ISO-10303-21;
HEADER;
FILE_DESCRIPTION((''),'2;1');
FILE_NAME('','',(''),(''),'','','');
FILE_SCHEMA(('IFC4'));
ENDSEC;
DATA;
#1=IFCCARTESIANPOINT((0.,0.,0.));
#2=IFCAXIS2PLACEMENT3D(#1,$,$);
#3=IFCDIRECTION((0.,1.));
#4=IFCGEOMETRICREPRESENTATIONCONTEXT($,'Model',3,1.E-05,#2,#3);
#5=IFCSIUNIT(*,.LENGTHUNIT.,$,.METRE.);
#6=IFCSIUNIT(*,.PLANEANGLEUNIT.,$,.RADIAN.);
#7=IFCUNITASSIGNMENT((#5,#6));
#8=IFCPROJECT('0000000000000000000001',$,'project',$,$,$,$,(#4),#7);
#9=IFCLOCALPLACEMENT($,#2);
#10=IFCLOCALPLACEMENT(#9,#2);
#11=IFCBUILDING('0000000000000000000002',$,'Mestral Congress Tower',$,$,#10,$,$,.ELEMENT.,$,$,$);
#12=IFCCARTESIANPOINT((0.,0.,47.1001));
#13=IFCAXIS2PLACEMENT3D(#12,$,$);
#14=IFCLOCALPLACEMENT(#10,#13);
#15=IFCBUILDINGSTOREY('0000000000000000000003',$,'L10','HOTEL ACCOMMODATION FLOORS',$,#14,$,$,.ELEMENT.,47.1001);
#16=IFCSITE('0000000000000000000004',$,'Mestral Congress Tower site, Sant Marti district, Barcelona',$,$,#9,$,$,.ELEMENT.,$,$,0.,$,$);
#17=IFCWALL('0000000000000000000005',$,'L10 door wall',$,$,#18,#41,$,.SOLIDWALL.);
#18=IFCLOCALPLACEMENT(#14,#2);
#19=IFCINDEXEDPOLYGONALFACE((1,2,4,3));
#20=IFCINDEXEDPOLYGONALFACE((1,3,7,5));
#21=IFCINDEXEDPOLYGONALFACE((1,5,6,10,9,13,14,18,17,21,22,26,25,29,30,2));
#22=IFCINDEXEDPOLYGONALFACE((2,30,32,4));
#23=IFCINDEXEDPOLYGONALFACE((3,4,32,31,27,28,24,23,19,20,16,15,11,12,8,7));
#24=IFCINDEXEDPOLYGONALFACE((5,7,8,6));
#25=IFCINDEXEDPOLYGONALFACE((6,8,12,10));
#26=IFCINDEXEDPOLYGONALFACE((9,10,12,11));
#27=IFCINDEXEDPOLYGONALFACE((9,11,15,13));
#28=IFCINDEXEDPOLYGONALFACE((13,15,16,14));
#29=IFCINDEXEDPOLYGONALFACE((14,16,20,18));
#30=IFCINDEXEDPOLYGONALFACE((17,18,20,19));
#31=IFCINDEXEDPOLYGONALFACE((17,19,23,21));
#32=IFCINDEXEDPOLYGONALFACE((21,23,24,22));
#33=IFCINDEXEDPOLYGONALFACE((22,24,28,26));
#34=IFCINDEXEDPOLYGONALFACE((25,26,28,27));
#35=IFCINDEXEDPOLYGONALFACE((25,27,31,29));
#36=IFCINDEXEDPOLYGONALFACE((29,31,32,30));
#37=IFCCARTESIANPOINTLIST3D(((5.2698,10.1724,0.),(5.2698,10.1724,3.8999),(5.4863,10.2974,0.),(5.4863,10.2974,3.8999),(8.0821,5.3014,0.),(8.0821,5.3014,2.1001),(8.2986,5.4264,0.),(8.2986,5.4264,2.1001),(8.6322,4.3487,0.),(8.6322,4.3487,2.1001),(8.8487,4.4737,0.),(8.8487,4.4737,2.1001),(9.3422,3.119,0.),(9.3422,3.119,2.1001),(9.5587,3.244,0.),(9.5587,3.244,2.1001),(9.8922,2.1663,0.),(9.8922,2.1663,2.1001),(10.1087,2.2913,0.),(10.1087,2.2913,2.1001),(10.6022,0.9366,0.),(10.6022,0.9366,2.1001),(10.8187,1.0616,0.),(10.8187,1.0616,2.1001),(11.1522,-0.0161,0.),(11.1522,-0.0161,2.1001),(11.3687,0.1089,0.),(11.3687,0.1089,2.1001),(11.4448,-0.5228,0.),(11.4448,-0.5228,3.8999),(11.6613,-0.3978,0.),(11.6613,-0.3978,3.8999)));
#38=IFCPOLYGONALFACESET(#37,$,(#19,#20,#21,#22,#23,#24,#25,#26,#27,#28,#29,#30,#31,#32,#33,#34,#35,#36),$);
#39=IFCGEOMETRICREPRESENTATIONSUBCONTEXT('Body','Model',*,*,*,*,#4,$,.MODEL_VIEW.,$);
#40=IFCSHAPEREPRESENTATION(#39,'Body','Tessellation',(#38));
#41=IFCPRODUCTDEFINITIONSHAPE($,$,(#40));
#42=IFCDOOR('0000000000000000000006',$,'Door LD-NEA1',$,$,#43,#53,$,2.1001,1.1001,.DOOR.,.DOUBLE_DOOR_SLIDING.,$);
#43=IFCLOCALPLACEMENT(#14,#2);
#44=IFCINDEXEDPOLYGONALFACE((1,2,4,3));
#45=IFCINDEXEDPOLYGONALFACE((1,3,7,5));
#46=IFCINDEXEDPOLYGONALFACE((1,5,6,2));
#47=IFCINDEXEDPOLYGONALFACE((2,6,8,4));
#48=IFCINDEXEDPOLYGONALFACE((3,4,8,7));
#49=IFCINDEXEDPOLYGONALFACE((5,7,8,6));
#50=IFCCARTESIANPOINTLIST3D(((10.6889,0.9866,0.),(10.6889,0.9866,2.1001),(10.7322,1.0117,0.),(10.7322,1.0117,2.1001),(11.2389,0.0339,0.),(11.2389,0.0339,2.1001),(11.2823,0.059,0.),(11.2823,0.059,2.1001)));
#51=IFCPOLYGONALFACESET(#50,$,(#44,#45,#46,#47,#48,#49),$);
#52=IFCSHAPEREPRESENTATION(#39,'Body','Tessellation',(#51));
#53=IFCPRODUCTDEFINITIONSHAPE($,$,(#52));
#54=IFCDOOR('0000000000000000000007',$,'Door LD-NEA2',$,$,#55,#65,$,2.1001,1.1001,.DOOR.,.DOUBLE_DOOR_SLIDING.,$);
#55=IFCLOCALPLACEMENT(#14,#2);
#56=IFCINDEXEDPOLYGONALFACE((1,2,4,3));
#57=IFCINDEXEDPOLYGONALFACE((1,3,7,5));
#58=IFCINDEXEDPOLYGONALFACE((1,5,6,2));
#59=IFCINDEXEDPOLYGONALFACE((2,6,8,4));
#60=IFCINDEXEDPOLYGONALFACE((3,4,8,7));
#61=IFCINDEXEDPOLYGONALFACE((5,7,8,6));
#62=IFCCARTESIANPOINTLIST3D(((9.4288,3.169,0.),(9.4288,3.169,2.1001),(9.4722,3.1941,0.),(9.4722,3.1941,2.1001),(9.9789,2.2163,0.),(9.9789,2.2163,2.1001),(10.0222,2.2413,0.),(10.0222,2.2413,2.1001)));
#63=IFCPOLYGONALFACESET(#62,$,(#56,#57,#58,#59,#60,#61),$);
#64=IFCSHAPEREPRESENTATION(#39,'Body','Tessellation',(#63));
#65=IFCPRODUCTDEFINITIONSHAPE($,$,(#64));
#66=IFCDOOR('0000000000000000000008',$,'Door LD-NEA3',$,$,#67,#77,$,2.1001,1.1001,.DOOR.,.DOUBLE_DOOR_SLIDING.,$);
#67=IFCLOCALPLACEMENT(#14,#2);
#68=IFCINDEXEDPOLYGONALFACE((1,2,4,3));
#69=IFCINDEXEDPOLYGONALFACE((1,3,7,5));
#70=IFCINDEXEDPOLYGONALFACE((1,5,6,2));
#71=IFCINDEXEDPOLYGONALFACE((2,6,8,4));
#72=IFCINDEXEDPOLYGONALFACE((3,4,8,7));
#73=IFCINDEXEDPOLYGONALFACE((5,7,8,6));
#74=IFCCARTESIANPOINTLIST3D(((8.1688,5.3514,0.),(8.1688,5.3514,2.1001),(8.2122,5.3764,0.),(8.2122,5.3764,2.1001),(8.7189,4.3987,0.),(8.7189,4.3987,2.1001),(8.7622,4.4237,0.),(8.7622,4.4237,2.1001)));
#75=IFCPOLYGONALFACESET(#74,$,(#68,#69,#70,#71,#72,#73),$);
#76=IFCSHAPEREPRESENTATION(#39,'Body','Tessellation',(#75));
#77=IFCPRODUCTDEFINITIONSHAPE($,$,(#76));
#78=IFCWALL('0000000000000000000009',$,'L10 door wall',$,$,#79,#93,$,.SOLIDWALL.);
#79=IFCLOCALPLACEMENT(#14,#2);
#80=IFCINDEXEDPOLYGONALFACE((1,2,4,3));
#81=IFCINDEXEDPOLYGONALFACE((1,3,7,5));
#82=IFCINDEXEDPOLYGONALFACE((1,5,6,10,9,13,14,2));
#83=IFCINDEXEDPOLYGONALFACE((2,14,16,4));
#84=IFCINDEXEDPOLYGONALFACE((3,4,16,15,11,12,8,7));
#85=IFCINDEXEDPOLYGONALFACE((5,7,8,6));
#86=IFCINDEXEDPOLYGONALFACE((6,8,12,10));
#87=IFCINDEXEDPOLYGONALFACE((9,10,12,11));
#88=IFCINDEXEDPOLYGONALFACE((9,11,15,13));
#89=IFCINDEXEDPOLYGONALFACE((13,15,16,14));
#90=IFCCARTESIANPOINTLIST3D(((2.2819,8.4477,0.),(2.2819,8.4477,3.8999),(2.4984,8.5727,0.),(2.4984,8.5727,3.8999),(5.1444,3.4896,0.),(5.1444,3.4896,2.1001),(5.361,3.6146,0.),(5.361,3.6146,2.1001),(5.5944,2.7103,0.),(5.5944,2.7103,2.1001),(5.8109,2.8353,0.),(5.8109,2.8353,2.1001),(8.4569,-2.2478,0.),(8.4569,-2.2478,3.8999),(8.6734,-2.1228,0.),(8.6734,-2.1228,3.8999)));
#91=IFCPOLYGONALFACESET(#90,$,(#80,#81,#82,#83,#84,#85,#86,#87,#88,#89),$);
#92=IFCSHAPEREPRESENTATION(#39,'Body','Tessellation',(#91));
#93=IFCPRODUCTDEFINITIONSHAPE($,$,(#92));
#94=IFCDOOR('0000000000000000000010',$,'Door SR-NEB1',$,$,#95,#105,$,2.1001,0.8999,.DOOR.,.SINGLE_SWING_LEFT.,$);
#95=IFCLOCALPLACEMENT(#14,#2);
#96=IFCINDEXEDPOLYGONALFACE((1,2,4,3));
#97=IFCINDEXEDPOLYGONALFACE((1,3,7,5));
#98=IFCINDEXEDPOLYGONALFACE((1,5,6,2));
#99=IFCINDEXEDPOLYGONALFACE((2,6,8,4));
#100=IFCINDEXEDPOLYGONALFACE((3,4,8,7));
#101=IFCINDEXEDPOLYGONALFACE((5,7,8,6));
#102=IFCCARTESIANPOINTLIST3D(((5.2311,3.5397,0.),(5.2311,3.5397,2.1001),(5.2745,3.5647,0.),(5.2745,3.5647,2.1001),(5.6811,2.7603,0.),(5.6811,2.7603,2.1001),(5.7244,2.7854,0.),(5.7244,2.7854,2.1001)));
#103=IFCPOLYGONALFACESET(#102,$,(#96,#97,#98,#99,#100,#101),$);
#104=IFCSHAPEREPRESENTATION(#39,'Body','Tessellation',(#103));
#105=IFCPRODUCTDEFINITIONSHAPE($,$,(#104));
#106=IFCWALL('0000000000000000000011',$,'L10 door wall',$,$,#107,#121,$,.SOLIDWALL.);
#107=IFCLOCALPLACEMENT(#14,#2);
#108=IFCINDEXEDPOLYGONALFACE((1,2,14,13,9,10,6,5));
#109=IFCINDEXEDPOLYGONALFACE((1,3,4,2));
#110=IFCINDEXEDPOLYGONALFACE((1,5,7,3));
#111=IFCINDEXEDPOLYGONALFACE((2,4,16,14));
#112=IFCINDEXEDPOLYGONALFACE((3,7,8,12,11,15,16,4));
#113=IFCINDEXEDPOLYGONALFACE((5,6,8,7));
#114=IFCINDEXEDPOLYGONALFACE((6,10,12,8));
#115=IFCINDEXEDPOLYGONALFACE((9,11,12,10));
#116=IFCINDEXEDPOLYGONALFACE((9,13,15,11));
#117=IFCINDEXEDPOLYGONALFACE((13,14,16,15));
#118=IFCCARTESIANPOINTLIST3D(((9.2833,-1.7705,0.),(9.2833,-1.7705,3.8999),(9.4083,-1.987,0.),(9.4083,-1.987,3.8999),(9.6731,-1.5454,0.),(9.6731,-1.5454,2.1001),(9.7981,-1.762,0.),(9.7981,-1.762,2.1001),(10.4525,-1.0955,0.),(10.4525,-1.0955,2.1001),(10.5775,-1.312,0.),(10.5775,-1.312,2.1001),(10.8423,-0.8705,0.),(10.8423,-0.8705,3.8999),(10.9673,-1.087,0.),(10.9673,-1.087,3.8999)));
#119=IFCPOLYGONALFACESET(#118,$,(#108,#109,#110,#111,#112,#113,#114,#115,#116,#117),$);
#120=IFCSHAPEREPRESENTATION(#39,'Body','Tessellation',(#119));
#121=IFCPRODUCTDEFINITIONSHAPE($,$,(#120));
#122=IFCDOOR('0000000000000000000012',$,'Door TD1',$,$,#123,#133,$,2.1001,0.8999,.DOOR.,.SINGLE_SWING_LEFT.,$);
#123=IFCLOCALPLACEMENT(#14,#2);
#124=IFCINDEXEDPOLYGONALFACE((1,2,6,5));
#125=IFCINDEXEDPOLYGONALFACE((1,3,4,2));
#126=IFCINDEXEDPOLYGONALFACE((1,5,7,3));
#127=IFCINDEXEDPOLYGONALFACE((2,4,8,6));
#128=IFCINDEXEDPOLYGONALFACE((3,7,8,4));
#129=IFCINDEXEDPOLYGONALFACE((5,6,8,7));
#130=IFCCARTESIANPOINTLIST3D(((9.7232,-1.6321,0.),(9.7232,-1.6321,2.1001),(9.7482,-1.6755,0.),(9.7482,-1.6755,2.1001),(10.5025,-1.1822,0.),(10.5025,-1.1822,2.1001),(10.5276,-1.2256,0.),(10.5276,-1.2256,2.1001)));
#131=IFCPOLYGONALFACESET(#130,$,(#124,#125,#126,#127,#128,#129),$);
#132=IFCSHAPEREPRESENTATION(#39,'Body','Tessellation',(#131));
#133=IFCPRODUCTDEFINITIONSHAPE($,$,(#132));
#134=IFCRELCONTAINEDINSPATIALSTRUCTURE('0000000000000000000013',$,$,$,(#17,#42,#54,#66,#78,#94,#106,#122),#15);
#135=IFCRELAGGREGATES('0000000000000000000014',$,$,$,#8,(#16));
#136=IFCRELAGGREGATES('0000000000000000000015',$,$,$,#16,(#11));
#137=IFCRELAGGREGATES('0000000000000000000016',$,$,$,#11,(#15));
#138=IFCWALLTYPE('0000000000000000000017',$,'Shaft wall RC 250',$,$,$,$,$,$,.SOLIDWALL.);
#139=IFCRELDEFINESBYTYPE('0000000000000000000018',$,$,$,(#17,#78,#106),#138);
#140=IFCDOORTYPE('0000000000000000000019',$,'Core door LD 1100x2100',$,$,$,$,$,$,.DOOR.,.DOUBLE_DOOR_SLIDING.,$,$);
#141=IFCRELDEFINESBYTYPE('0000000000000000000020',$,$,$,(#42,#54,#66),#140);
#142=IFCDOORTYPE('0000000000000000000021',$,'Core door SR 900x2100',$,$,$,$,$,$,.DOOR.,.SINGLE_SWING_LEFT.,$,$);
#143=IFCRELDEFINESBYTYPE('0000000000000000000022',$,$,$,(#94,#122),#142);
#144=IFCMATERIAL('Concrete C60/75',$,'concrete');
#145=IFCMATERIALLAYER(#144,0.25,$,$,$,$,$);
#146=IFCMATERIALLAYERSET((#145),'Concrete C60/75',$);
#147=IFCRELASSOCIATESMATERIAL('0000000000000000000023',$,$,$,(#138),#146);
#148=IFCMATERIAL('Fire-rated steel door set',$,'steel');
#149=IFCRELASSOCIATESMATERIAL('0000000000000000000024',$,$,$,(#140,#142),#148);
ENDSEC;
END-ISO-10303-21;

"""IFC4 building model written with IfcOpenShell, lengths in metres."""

from ifc_helpers import new_model, si_unit, direction, frame, frame_2d, origin, place, context, subcontext, project, spatial, rectangle, extrude, material, layer, layer_set, type_object, element, fill, save


model = new_model("IFC4")

# Units and contexts
model_context = context("Model", 3, precision=1e-05, world=origin(), true_north=direction((0.0, 1.0)))
body_context = subcontext(model_context, "Body", "Model", "MODEL_VIEW")
ifc_project = project(units=[si_unit("LENGTHUNIT", "METRE"), si_unit("PLANEANGLEUNIT", "RADIAN")], contexts=[model_context])

# Site, building, storey
site_placement = place(None, origin())
site = spatial("IfcSite", under=ifc_project, at=site_placement, Name="Mestral Congress Tower site, Sant Marti district, Barcelona", CompositionType="ELEMENT", RefElevation=0.0)
building_placement = place(site_placement, origin())
building = spatial("IfcBuilding", under=site, at=building_placement, Name="Mestral Congress Tower", CompositionType="ELEMENT")
storey_placement = place(building_placement, frame((0.0, 0.0, 47.1001)))
storey = spatial("IfcBuildingStorey", under=building, at=storey_placement, Name="L10", Description="HOTEL ACCOMMODATION FLOORS", CompositionType="ELEMENT", Elevation=47.1001)

# Shared definitions
ifc_material_1 = material(Name="Concrete C60/75", Category="concrete")
ifc_layer_1 = layer(ifc_material_1, 0.25)
ifc_layer_set_1 = layer_set([ifc_layer_1], Name="Concrete C60/75")
wall_type_1 = type_object("IfcWallType", Name="Shaft wall RC 250", PredefinedType="SOLIDWALL", material=ifc_layer_set_1)

# Wall, openings, doors
wall_1_placement = place(storey_placement, frame((11.553, -0.4602, 0.0), z_axis=(0.0, 0.0, 1.0), x_axis=(-0.500007, 0.866022, 0.0)))
wall_1 = element("IfcWall", 1, at=wall_1_placement, inside=storey, type_object=wall_type_1, Name="L10 door wall", PredefinedType="SOLIDWALL", context=body_context, shape_type="SweptSolid", body=[
    extrude(rectangle(XDim=12.3499, YDim=0.25, at=frame_2d((6.1748, 0.0))), origin(), (0.0, 0.0, 1.0), 3.8999),
])
opening_1_placement = place(wall_1_placement, frame((0.585, 0.0, 0.0)))
opening_1 = element("IfcOpeningElement", 2, at=opening_1_placement, cuts=wall_1, PredefinedType="OPENING", context=body_context, shape_type="SweptSolid", body=[
    extrude(rectangle(XDim=1.1001, YDim=2.1001, at=frame_2d((0.55, 1.05))), frame((0.0, 0.135, 0.0), z_axis=(0.0, -1.0, 0.0), x_axis=(1.0, 0.0, 0.0)), (0.0, 0.0, 1.0), 0.27),
])
opening_2_placement = place(wall_1_placement, frame((3.105, 0.0, 0.0)))
opening_2 = element("IfcOpeningElement", 3, at=opening_2_placement, cuts=wall_1, PredefinedType="OPENING", context=body_context, shape_type="SweptSolid", body=[
    extrude(rectangle(XDim=1.1001, YDim=2.1001, at=frame_2d((0.55, 1.05))), frame((0.0, 0.135, 0.0), z_axis=(0.0, -1.0, 0.0), x_axis=(1.0, 0.0, 0.0)), (0.0, 0.0, 1.0), 0.27),
])
opening_3_placement = place(wall_1_placement, frame((5.625, 0.0, 0.0)))
opening_3 = element("IfcOpeningElement", 4, at=opening_3_placement, cuts=wall_1, PredefinedType="OPENING", context=body_context, shape_type="SweptSolid", body=[
    extrude(rectangle(XDim=1.1001, YDim=2.1001, at=frame_2d((0.55, 1.05))), frame((0.0, 0.135, 0.0), z_axis=(0.0, -1.0, 0.0), x_axis=(1.0, 0.0, 0.0)), (0.0, 0.0, 1.0), 0.27),
])
ifc_material_2 = material(Name="Fire-rated steel door set", Category="steel")
door_type_1 = type_object("IfcDoorType", Name="Core door LD 1100x2100", OperationType="DOUBLE_DOOR_SLIDING", PredefinedType="DOOR", material=ifc_material_2)
door_1_placement = place(opening_1_placement, origin())
door_1 = element("IfcDoor", 5, at=door_1_placement, inside=storey, type_object=door_type_1, Name="Door LD-NEA1", OperationType="DOUBLE_DOOR_SLIDING", OverallHeight=2.1001, OverallWidth=1.1001, PredefinedType="DOOR", context=body_context, shape_type="SweptSolid", body=[
    extrude(rectangle(XDim=1.1001, YDim=2.1001, at=frame_2d((0.55, 1.05))), frame((0.0, 0.0249, 0.0), z_axis=(0.0, -1.0, 0.0), x_axis=(1.0, 0.0, 0.0)), (0.0, 0.0, 1.0), 0.05),
])
fill(opening_1, door_1)
door_2_placement = place(opening_2_placement, origin())
door_2 = element("IfcDoor", 6, at=door_2_placement, inside=storey, type_object=door_type_1, Name="Door LD-NEA2", OperationType="DOUBLE_DOOR_SLIDING", OverallHeight=2.1001, OverallWidth=1.1001, PredefinedType="DOOR", context=body_context, shape_type="SweptSolid", body=[
    extrude(rectangle(XDim=1.1001, YDim=2.1001, at=frame_2d((0.55, 1.05))), frame((0.0, 0.0249, 0.0), z_axis=(0.0, -1.0, 0.0), x_axis=(1.0, 0.0, 0.0)), (0.0, 0.0, 1.0), 0.05),
])
fill(opening_2, door_2)
door_3_placement = place(opening_3_placement, origin())
door_3 = element("IfcDoor", 7, at=door_3_placement, inside=storey, type_object=door_type_1, Name="Door LD-NEA3", OperationType="DOUBLE_DOOR_SLIDING", OverallHeight=2.1001, OverallWidth=1.1001, PredefinedType="DOOR", context=body_context, shape_type="SweptSolid", body=[
    extrude(rectangle(XDim=1.1001, YDim=2.1001, at=frame_2d((0.55, 1.05))), frame((0.0, 0.0249, 0.0), z_axis=(0.0, -1.0, 0.0), x_axis=(1.0, 0.0, 0.0)), (0.0, 0.0, 1.0), 0.05),
])
fill(opening_3, door_3)

# Walls, openings, doors
wall_2_placement = place(storey_placement, frame((8.5652, -2.1853, 0.0), z_axis=(0.0, 0.0, 1.0), x_axis=(-0.499998, 0.866027, 0.0)))
wall_2 = element("IfcWall", 8, at=wall_2_placement, inside=storey, type_object=wall_type_1, Name="L10 door wall", PredefinedType="SOLIDWALL", context=body_context, shape_type="SweptSolid", body=[
    extrude(rectangle(XDim=12.3501, YDim=0.25, at=frame_2d((6.175, 0.0))), origin(), (0.0, 0.0, 1.0), 3.8999),
])
opening_4_placement = place(wall_2_placement, frame((5.7251, 0.0, 0.0)))
opening_4 = element("IfcOpeningElement", 9, at=opening_4_placement, cuts=wall_2, PredefinedType="OPENING", context=body_context, shape_type="SweptSolid", body=[
    extrude(rectangle(XDim=0.8999, YDim=2.1001, at=frame_2d((0.45, 1.05))), frame((0.0, 0.135, 0.0), z_axis=(0.0, -1.0, 0.0), x_axis=(1.0, 0.0, 0.0)), (0.0, 0.0, 1.0), 0.27),
])
door_type_2 = type_object("IfcDoorType", Name="Core door SR 900x2100", OperationType="SINGLE_SWING_LEFT", PredefinedType="DOOR", material=ifc_material_2)
door_4_placement = place(opening_4_placement, origin())
door_4 = element("IfcDoor", 10, at=door_4_placement, inside=storey, type_object=door_type_2, Name="Door SR-NEB1", OperationType="SINGLE_SWING_LEFT", OverallHeight=2.1001, OverallWidth=0.8999, PredefinedType="DOOR", context=body_context, shape_type="SweptSolid", body=[
    extrude(rectangle(XDim=0.8999, YDim=2.1001, at=frame_2d((0.45, 1.05))), frame((0.0, 0.0249, 0.0), z_axis=(0.0, -1.0, 0.0), x_axis=(1.0, 0.0, 0.0)), (0.0, 0.0, 1.0), 0.05),
])
fill(opening_4, door_4)
wall_3_placement = place(storey_placement, frame((9.3459, -1.8787, 0.0), z_axis=(0.0, 0.0, 1.0), x_axis=(0.866048, 0.499961, 0.0)))
wall_3 = element("IfcWall", 11, at=wall_3_placement, inside=storey, type_object=wall_type_1, Name="L10 door wall", PredefinedType="SOLIDWALL", context=body_context, shape_type="SweptSolid", body=[
    extrude(rectangle(XDim=1.8, YDim=0.25, at=frame_2d((0.8999, 0.0))), origin(), (0.0, 0.0, 1.0), 3.8999),
])
opening_5_placement = place(wall_3_placement, frame((0.45, 0.0, 0.0)))
opening_5 = element("IfcOpeningElement", 12, at=opening_5_placement, cuts=wall_3, PredefinedType="OPENING", context=body_context, shape_type="SweptSolid", body=[
    extrude(rectangle(XDim=0.8999, YDim=2.1001, at=frame_2d((0.45, 1.05))), frame((0.0, 0.135, 0.0), z_axis=(0.0, -1.0, 0.0), x_axis=(1.0, 0.0, 0.0)), (0.0, 0.0, 1.0), 0.27),
])
door_5_placement = place(opening_5_placement, origin())
door_5 = element("IfcDoor", 13, at=door_5_placement, inside=storey, type_object=door_type_2, Name="Door TD1", OperationType="SINGLE_SWING_LEFT", OverallHeight=2.1001, OverallWidth=0.8999, PredefinedType="DOOR", context=body_context, shape_type="SweptSolid", body=[
    extrude(rectangle(XDim=0.8999, YDim=2.1001, at=frame_2d((0.45, 1.05))), frame((0.0, 0.0249, 0.0), z_axis=(0.0, -1.0, 0.0), x_axis=(1.0, 0.0, 0.0)), (0.0, 0.0, 1.0), 0.05),
])
fill(opening_5, door_5)

save(model, "model.ifc")
